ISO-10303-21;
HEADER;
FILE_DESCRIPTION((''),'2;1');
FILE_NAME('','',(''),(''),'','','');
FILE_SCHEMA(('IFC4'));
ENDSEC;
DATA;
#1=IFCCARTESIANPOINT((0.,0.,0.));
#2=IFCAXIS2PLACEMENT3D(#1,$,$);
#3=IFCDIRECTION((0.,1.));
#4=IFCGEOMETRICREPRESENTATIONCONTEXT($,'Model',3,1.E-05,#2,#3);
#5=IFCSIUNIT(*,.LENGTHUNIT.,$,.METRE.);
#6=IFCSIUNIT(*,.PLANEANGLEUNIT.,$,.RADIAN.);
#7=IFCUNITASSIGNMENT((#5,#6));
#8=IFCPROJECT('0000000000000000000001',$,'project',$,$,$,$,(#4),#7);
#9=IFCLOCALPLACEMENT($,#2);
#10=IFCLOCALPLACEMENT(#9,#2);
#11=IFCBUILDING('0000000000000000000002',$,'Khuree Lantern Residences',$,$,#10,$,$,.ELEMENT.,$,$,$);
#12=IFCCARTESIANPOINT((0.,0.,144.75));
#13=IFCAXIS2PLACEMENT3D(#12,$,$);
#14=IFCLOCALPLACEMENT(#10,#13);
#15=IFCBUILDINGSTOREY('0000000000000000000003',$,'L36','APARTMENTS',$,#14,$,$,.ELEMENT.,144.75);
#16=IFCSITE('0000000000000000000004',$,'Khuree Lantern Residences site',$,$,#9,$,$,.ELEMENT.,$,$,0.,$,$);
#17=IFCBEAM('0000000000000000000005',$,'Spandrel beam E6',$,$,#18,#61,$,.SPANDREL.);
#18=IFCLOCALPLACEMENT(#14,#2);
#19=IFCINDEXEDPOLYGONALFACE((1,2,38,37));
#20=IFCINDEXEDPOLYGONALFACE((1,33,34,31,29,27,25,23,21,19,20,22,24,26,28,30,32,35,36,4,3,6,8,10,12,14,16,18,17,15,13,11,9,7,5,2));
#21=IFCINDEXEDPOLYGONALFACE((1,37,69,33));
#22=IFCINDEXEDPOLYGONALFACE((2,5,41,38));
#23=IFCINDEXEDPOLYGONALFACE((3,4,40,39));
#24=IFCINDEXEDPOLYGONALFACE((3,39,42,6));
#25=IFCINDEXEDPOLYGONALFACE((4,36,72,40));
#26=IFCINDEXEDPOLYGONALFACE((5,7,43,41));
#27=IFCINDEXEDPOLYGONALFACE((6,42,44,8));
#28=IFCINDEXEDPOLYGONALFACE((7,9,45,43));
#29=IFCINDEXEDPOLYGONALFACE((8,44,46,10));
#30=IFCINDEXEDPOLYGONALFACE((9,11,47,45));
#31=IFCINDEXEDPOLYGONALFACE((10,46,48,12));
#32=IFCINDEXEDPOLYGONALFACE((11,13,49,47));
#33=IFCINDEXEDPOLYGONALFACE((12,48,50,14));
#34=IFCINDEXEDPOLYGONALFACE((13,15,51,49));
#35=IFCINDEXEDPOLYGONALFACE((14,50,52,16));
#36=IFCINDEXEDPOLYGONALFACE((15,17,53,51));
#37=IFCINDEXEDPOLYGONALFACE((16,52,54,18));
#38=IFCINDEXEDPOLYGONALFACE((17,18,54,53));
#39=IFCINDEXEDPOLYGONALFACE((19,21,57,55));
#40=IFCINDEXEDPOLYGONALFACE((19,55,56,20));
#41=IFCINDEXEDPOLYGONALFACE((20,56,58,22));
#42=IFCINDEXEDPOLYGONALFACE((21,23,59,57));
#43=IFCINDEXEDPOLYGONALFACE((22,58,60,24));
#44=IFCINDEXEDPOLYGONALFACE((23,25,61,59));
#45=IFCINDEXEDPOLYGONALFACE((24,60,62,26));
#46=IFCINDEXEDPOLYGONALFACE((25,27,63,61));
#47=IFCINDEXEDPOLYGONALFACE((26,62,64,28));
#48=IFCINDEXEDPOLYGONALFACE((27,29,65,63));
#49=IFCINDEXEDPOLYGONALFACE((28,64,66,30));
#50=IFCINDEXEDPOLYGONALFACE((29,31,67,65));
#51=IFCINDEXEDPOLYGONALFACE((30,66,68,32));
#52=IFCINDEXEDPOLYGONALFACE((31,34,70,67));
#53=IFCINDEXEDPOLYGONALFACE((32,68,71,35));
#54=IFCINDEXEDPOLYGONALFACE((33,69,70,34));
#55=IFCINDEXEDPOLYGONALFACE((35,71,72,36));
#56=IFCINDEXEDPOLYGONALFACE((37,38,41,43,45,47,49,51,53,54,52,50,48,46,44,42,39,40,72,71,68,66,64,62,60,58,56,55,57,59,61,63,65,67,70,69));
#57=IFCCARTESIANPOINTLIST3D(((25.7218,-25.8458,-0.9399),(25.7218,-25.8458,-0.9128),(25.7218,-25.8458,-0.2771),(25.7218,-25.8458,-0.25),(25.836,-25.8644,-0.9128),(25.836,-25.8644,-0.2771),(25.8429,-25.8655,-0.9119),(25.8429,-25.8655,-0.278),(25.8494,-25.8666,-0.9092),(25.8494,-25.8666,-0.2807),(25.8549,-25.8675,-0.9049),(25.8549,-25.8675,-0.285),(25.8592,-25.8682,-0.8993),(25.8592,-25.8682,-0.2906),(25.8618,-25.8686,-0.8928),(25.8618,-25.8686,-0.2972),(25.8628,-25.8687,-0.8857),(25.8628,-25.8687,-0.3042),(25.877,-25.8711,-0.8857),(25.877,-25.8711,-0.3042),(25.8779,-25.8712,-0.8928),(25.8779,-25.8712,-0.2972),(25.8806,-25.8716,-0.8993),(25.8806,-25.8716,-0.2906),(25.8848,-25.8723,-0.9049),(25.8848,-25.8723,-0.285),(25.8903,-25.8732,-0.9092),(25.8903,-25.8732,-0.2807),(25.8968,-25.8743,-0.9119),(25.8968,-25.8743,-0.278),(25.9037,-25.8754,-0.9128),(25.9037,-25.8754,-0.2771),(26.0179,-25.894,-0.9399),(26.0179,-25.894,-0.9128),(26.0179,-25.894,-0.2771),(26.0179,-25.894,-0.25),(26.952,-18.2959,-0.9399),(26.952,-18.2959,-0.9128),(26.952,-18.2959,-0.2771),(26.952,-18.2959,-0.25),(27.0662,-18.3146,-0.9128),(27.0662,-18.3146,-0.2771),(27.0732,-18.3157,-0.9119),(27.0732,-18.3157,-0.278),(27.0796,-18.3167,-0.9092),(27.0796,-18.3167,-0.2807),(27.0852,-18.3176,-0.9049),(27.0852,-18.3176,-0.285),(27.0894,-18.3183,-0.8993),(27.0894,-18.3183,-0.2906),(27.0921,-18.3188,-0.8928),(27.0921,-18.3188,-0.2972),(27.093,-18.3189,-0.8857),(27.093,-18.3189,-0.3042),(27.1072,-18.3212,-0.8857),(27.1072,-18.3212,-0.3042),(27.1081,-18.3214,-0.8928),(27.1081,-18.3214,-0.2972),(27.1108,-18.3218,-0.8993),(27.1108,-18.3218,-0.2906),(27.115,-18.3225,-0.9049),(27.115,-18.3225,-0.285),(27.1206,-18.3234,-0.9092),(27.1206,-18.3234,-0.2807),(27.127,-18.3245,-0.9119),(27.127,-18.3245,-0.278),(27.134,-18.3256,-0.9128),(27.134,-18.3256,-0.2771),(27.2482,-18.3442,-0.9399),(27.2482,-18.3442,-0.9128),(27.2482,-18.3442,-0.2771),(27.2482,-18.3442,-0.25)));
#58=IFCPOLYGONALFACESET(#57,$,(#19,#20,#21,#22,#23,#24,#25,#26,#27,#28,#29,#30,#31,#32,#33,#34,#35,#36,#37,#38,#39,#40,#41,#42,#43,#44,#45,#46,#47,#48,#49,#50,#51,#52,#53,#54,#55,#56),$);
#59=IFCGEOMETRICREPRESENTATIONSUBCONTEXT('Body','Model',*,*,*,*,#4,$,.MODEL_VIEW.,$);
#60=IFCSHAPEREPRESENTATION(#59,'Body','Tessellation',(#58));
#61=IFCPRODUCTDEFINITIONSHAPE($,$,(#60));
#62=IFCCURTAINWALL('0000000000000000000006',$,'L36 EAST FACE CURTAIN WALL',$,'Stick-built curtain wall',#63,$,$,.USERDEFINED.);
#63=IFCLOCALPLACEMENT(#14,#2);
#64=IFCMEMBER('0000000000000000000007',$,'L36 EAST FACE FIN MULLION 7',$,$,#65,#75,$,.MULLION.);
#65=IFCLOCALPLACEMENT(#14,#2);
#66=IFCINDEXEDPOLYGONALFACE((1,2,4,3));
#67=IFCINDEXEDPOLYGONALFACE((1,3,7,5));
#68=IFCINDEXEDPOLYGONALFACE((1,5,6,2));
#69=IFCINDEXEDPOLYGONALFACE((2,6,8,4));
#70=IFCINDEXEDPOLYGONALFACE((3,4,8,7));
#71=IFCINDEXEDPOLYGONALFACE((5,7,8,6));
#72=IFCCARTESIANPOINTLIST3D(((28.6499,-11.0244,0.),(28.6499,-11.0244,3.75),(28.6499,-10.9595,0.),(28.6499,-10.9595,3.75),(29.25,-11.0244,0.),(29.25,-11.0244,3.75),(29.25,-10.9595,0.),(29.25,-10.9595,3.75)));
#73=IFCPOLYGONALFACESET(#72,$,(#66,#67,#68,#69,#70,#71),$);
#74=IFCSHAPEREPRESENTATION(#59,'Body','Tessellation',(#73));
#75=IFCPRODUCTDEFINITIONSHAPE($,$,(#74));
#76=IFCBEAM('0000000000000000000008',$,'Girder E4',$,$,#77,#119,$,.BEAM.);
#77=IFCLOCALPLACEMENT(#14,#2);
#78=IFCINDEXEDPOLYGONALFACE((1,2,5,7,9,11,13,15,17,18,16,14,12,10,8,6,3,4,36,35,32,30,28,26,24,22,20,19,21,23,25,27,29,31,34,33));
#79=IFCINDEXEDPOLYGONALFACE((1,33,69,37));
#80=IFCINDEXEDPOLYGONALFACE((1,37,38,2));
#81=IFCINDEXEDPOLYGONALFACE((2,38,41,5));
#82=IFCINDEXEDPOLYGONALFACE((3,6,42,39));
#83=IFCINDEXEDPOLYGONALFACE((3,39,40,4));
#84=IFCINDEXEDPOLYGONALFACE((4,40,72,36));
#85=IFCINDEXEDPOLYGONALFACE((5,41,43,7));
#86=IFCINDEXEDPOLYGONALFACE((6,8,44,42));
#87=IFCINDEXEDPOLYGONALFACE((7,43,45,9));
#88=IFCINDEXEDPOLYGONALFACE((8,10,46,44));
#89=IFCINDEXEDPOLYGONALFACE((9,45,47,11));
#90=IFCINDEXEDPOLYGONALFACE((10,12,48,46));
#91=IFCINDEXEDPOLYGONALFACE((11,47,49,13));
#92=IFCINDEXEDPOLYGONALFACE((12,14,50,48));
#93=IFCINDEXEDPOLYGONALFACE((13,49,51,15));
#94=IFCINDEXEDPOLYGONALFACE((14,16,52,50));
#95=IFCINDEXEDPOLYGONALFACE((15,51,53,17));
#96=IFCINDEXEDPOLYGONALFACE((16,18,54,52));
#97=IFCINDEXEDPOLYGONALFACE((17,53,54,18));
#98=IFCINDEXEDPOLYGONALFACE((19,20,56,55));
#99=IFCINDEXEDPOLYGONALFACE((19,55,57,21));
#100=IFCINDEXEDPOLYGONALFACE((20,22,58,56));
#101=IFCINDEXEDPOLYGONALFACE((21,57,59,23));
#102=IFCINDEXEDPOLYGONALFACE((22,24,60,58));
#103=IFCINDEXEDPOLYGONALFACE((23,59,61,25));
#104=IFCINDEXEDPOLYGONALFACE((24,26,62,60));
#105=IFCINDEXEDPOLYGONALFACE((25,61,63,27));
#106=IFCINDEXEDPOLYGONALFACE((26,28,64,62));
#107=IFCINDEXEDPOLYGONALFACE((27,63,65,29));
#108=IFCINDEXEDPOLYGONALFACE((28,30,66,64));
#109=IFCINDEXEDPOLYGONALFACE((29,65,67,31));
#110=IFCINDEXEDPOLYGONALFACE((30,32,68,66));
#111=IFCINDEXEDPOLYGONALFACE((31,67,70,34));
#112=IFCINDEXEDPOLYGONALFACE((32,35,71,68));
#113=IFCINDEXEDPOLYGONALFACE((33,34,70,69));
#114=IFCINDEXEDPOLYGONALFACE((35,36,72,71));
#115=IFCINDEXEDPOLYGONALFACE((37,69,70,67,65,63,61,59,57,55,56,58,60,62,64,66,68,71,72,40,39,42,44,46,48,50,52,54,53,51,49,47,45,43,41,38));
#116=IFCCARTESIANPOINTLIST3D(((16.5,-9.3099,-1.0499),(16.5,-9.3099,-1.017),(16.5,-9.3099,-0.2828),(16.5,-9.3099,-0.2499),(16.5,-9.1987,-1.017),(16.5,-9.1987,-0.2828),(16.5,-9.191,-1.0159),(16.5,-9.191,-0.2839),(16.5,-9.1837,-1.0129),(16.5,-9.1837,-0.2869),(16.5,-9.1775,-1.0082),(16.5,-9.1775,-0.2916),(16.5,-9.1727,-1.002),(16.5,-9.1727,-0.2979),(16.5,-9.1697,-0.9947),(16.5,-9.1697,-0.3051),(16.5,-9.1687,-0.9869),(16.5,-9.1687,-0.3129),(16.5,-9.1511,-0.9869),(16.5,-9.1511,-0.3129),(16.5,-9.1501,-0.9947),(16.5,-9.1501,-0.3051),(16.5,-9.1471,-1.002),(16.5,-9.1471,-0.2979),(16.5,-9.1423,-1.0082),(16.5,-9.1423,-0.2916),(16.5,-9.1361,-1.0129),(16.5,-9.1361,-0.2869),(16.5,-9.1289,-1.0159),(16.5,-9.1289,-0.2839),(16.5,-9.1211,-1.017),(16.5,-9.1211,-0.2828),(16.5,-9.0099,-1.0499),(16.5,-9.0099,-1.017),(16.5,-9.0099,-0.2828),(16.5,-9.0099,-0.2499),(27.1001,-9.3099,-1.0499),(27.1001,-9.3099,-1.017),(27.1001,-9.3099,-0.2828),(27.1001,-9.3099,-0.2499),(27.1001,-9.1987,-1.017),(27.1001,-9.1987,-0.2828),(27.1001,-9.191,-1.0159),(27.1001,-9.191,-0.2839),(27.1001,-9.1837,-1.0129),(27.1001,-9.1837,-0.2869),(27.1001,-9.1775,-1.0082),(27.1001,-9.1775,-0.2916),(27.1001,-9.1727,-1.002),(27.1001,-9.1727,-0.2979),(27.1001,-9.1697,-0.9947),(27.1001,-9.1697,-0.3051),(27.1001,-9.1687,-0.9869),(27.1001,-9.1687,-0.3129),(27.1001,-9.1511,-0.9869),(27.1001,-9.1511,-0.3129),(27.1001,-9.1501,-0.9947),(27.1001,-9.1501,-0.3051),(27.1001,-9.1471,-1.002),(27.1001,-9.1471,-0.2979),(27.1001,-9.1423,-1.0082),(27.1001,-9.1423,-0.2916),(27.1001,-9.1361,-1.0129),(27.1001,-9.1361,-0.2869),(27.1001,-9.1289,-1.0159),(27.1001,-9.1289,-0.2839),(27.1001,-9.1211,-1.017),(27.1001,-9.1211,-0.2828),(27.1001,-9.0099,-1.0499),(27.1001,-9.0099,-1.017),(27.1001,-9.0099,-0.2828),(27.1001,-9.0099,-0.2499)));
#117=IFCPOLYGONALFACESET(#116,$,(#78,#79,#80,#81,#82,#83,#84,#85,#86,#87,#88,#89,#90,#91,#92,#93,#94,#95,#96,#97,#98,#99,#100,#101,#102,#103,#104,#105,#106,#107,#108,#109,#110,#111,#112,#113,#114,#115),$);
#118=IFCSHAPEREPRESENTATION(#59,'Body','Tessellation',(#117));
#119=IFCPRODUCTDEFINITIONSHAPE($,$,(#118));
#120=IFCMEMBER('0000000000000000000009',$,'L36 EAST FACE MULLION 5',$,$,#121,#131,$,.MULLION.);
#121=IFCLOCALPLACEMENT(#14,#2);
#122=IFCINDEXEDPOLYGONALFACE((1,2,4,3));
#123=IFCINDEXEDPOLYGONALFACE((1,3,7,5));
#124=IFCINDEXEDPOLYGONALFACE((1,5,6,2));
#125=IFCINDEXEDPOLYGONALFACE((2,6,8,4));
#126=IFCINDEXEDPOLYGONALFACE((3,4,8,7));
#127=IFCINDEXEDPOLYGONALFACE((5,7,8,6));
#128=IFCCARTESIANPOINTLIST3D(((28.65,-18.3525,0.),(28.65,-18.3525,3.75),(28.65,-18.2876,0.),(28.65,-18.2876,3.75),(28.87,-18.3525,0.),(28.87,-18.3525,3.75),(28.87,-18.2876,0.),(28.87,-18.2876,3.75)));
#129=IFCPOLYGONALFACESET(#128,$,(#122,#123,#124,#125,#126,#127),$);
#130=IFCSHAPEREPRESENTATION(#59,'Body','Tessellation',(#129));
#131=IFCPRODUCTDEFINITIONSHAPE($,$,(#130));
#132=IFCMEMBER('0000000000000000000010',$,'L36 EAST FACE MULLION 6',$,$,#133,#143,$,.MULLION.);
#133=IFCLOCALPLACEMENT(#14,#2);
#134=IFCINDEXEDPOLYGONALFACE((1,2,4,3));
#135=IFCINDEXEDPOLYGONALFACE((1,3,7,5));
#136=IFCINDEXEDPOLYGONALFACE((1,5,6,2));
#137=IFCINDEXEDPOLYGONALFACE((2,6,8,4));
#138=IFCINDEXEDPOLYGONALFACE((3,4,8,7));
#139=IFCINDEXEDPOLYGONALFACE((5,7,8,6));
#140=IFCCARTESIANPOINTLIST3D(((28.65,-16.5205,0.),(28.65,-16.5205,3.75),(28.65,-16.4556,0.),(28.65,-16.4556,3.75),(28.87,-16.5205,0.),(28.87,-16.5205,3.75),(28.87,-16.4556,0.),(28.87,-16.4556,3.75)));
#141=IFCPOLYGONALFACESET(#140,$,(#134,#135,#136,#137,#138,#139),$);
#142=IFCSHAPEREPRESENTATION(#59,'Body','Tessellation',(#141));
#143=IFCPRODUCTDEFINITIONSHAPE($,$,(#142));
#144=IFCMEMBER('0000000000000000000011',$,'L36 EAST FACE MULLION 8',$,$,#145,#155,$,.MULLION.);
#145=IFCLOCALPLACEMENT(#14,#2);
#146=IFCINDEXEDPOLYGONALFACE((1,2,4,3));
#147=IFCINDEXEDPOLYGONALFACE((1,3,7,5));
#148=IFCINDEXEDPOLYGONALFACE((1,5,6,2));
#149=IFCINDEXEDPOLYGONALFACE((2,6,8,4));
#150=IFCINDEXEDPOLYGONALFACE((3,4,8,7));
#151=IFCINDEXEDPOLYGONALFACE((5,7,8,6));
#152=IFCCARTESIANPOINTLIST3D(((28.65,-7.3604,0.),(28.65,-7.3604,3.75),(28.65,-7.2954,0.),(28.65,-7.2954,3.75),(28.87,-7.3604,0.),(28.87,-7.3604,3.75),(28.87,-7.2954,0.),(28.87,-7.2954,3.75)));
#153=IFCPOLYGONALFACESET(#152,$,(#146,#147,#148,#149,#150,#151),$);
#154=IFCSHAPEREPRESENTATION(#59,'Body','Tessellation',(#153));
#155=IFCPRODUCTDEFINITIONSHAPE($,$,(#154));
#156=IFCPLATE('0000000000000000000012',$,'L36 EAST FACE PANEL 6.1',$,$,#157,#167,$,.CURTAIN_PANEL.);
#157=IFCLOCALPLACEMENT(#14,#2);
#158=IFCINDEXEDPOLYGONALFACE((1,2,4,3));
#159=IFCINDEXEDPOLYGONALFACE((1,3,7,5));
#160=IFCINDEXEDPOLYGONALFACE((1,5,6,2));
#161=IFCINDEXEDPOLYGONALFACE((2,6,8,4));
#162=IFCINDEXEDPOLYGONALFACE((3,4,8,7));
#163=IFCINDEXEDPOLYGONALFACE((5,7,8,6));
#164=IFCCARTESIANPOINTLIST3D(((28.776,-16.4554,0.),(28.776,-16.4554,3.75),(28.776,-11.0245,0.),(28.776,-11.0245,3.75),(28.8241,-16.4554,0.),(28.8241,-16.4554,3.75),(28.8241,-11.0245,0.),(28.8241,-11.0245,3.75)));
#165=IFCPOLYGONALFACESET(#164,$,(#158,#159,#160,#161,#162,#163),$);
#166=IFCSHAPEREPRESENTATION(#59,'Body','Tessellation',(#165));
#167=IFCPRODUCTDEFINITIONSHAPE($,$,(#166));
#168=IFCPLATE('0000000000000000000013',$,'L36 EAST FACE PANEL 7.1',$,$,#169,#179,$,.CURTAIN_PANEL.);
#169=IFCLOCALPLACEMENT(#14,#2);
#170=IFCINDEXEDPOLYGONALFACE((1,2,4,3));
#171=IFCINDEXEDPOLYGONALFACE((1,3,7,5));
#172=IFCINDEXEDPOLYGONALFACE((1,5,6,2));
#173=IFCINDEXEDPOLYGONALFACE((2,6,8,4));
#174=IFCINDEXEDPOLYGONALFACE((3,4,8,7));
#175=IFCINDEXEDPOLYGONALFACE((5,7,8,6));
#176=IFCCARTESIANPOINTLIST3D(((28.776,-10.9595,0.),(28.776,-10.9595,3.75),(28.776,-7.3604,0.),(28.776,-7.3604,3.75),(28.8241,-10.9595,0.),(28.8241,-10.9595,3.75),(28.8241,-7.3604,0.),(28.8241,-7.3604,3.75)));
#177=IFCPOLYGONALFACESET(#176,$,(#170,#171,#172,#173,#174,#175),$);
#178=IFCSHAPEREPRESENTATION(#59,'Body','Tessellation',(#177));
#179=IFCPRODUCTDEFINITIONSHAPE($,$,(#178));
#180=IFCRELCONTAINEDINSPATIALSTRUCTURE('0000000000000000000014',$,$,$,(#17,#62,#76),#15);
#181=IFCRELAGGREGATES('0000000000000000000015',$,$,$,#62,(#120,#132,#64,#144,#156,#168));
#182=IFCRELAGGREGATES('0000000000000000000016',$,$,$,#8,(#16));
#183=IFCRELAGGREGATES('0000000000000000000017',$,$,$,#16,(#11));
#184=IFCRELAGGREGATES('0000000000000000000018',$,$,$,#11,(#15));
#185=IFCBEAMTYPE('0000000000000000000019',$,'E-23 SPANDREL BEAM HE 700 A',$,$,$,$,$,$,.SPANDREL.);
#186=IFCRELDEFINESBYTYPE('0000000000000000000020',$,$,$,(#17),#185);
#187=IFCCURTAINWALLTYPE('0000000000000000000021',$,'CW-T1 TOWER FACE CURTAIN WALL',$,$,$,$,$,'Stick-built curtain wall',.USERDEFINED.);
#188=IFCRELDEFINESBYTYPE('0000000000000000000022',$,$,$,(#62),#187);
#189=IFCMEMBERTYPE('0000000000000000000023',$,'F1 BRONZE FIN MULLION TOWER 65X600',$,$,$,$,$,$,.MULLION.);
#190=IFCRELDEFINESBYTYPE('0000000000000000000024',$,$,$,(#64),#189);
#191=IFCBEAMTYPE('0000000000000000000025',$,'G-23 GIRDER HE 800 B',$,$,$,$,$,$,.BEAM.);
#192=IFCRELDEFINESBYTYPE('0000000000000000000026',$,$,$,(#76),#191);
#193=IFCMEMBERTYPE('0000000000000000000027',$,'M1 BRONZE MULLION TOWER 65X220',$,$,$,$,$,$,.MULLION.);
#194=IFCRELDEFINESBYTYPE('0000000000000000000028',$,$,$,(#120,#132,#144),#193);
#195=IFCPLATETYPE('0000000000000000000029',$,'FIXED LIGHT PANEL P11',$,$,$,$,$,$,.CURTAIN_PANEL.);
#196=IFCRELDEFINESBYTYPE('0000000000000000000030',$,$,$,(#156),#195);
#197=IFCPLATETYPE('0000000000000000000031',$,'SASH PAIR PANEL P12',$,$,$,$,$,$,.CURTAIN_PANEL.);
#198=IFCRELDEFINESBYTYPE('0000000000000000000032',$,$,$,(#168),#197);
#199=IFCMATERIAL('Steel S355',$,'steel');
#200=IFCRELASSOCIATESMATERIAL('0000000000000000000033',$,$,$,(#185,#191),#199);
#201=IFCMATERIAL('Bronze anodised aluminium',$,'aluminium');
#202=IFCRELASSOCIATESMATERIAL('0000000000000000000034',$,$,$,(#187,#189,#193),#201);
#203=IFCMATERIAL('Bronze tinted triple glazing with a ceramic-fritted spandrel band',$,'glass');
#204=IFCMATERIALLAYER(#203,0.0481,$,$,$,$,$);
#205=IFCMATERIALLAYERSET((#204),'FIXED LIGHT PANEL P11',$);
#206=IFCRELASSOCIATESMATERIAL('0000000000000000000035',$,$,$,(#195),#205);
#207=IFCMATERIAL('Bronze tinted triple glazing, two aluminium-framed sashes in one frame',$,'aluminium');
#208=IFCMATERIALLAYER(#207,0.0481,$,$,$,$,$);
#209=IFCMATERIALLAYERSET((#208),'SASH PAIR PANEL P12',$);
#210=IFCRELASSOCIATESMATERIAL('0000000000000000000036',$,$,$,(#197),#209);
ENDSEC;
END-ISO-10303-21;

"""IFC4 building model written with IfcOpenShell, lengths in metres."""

from ifc_helpers import new_model, si_unit, direction, frame, origin, origin_2d, place, context, subcontext, project, spatial, rectangle, i_section, extrude, material, layer, layer_set, material_profile, profile_set, type_object, element, aggregate, save


model = new_model("IFC4")

# Units and contexts
model_context = context("Model", 3, precision=1e-05, world=origin(), true_north=direction((0.0, 1.0)))
body_context = subcontext(model_context, "Body", "Model", "MODEL_VIEW")
ifc_project = project(units=[si_unit("LENGTHUNIT", "METRE"), si_unit("PLANEANGLEUNIT", "RADIAN")], contexts=[model_context])

# Site, building, storey
site_placement = place(None, origin())
site = spatial("IfcSite", under=ifc_project, at=site_placement, Name="Khuree Lantern Residences site", CompositionType="ELEMENT", RefElevation=0.0)
building_placement = place(site_placement, origin())
building = spatial("IfcBuilding", under=site, at=building_placement, Name="Khuree Lantern Residences", CompositionType="ELEMENT")
storey_placement = place(building_placement, frame((0.0, 0.0, 144.75)))
storey = spatial("IfcBuildingStorey", under=building, at=storey_placement, Name="L36", Description="APARTMENTS", CompositionType="ELEMENT", Elevation=144.75)

# Beam
ifc_material_1 = material(Name="Steel S355", Category="steel")
ifc_material_profile_1 = material_profile(ifc_material_1, i_section(OverallWidth=0.3, OverallDepth=0.6899, WebThickness=0.0144, FlangeThickness=0.0271, FilletRadius=0.0271, at=origin_2d()), Name="HE 700 A")
ifc_profile_set_1 = profile_set([ifc_material_profile_1], Name="Steel S355")
beam_type_1 = type_object("IfcBeamType", Name="E-23 SPANDREL BEAM HE 700 A", PredefinedType="SPANDREL", material=ifc_profile_set_1)
beam_1_placement = place(storey_placement, frame((27.1001, -18.3201, -0.595), z_axis=(-0.160827, -0.986983, 0.0), x_axis=(0.986983, -0.160827, 0.0)))
element("IfcBeam", 1, at=beam_1_placement, inside=storey, type_object=beam_type_1, Name="Spandrel beam E6", PredefinedType="SPANDREL", context=body_context, shape_type="SweptSolid", body=[
    extrude(i_section(OverallWidth=0.3, OverallDepth=0.6899, WebThickness=0.0144, FlangeThickness=0.0271, FilletRadius=0.0271, at=origin_2d()), origin(), (0.0, 0.0, 1.0), 7.6494),
])

# Curtain wall, member
ifc_material_2 = material(Name="Bronze anodised aluminium", Category="aluminium")
curtain_wall_type = type_object("IfcCurtainWallType", Name="CW-T1 TOWER FACE CURTAIN WALL", ElementType="Stick-built curtain wall", PredefinedType="USERDEFINED", material=ifc_material_2)
curtain_wall_placement = place(storey_placement, origin())
curtain_wall = element("IfcCurtainWall", 2, at=curtain_wall_placement, inside=storey, type_object=curtain_wall_type, Name="L36 EAST FACE CURTAIN WALL", ObjectType="Stick-built curtain wall", PredefinedType="USERDEFINED")
ifc_material_profile_2 = material_profile(ifc_material_2, rectangle(XDim=0.0649, YDim=0.6001, at=origin_2d()), Name="F1 65X600")
ifc_profile_set_2 = profile_set([ifc_material_profile_2], Name="Bronze anodised aluminium")
member_type_1 = type_object("IfcMemberType", Name="F1 BRONZE FIN MULLION TOWER 65X600", PredefinedType="MULLION", material=ifc_profile_set_2)
member_1_placement = place(storey_placement, frame((28.95, -10.9919, 0.0), z_axis=(0.0, 0.0, 1.0), x_axis=(0.0, 1.0, 0.0)))
member_1 = element("IfcMember", 3, at=member_1_placement, type_object=member_type_1, Name="L36 EAST FACE FIN MULLION 7", PredefinedType="MULLION", context=body_context, shape_type="SweptSolid", body=[
    extrude(rectangle(XDim=0.0649, YDim=0.6001, at=origin_2d()), origin(), (0.0, 0.0, 1.0), 3.75),
])

# Beam
ifc_material_profile_3 = material_profile(ifc_material_1, i_section(OverallWidth=0.3, OverallDepth=0.8, WebThickness=0.0176, FlangeThickness=0.033, FilletRadius=0.03, at=origin_2d()), Name="HE 800 B")
ifc_profile_set_3 = profile_set([ifc_material_profile_3], Name="Steel S355")
beam_type_2 = type_object("IfcBeamType", Name="G-23 GIRDER HE 800 B", PredefinedType="BEAM", material=ifc_profile_set_3)
beam_2_placement = place(storey_placement, frame((27.1001, -9.1599, -0.6499), z_axis=(-1.0, 0.0, 0.0), x_axis=(0.0, -1.0, 0.0)))
element("IfcBeam", 4, at=beam_2_placement, inside=storey, type_object=beam_type_2, Name="Girder E4", PredefinedType="BEAM", context=body_context, shape_type="SweptSolid", body=[
    extrude(i_section(OverallWidth=0.3, OverallDepth=0.8, WebThickness=0.0176, FlangeThickness=0.033, FilletRadius=0.03, at=origin_2d()), origin(), (0.0, 0.0, 1.0), 10.6001),
])

# Members
ifc_material_profile_4 = material_profile(ifc_material_2, rectangle(XDim=0.0649, YDim=0.22, at=origin_2d()), Name="M1 65X220")
ifc_profile_set_4 = profile_set([ifc_material_profile_4], Name="Bronze anodised aluminium")
member_type_2 = type_object("IfcMemberType", Name="M1 BRONZE MULLION TOWER 65X220", PredefinedType="MULLION", material=ifc_profile_set_4)
member_2_placement = place(storey_placement, frame((28.76, -18.3201, 0.0), z_axis=(0.0, 0.0, 1.0), x_axis=(0.0, 1.0, 0.0)))
member_2 = element("IfcMember", 5, at=member_2_placement, type_object=member_type_2, Name="L36 EAST FACE MULLION 5", PredefinedType="MULLION", context=body_context, shape_type="SweptSolid", body=[
    extrude(rectangle(XDim=0.0649, YDim=0.22, at=origin_2d()), origin(), (0.0, 0.0, 1.0), 3.75),
])
member_3_placement = place(storey_placement, frame((28.76, -16.488, 0.0), z_axis=(0.0, 0.0, 1.0), x_axis=(0.0, 1.0, 0.0)))
member_3 = element("IfcMember", 6, at=member_3_placement, type_object=member_type_2, Name="L36 EAST FACE MULLION 6", PredefinedType="MULLION", context=body_context, shape_type="SweptSolid", body=[
    extrude(rectangle(XDim=0.0649, YDim=0.22, at=origin_2d()), origin(), (0.0, 0.0, 1.0), 3.75),
])
member_4_placement = place(storey_placement, frame((28.76, -7.3279, 0.0), z_axis=(0.0, 0.0, 1.0), x_axis=(0.0, 1.0, 0.0)))
member_4 = element("IfcMember", 7, at=member_4_placement, type_object=member_type_2, Name="L36 EAST FACE MULLION 8", PredefinedType="MULLION", context=body_context, shape_type="SweptSolid", body=[
    extrude(rectangle(XDim=0.0649, YDim=0.22, at=origin_2d()), origin(), (0.0, 0.0, 1.0), 3.75),
])

# Plates
ifc_material_3 = material(Name="Bronze tinted triple glazing with a ceramic-fritted spandrel band", Category="glass")
ifc_layer_1 = layer(ifc_material_3, 0.0481)
ifc_layer_set_1 = layer_set([ifc_layer_1], Name="FIXED LIGHT PANEL P11")
plate_type_1 = type_object("IfcPlateType", Name="FIXED LIGHT PANEL P11", PredefinedType="CURTAIN_PANEL", material=ifc_layer_set_1)
plate_1_placement = place(storey_placement, frame((28.8, -13.74, 0.0), z_axis=(0.0, 0.0, 1.0), x_axis=(0.0, 1.0, 0.0)))
plate_1 = element("IfcPlate", 8, at=plate_1_placement, type_object=plate_type_1, Name="L36 EAST FACE PANEL 6.1", PredefinedType="CURTAIN_PANEL", context=body_context, shape_type="SweptSolid", body=[
    extrude(rectangle(XDim=5.4309, YDim=0.0481, at=origin_2d()), origin(), (0.0, 0.0, 1.0), 3.75),
])
ifc_material_4 = material(Name="Bronze tinted triple glazing, two aluminium-framed sashes in one frame", Category="aluminium")
ifc_layer_2 = layer(ifc_material_4, 0.0481)
ifc_layer_set_2 = layer_set([ifc_layer_2], Name="SASH PAIR PANEL P12")
plate_type_2 = type_object("IfcPlateType", Name="SASH PAIR PANEL P12", PredefinedType="CURTAIN_PANEL", material=ifc_layer_set_2)
plate_2_placement = place(storey_placement, frame((28.8, -9.1599, 0.0), z_axis=(0.0, 0.0, 1.0), x_axis=(0.0, 1.0, 0.0)))
plate_2 = element("IfcPlate", 9, at=plate_2_placement, type_object=plate_type_2, Name="L36 EAST FACE PANEL 7.1", PredefinedType="CURTAIN_PANEL", context=body_context, shape_type="SweptSolid", body=[
    extrude(rectangle(XDim=3.5991, YDim=0.0481, at=origin_2d()), origin(), (0.0, 0.0, 1.0), 3.75),
])
aggregate(curtain_wall, [member_2, member_3, member_1, member_4, plate_1, plate_2])

save(model, "model.ifc")
